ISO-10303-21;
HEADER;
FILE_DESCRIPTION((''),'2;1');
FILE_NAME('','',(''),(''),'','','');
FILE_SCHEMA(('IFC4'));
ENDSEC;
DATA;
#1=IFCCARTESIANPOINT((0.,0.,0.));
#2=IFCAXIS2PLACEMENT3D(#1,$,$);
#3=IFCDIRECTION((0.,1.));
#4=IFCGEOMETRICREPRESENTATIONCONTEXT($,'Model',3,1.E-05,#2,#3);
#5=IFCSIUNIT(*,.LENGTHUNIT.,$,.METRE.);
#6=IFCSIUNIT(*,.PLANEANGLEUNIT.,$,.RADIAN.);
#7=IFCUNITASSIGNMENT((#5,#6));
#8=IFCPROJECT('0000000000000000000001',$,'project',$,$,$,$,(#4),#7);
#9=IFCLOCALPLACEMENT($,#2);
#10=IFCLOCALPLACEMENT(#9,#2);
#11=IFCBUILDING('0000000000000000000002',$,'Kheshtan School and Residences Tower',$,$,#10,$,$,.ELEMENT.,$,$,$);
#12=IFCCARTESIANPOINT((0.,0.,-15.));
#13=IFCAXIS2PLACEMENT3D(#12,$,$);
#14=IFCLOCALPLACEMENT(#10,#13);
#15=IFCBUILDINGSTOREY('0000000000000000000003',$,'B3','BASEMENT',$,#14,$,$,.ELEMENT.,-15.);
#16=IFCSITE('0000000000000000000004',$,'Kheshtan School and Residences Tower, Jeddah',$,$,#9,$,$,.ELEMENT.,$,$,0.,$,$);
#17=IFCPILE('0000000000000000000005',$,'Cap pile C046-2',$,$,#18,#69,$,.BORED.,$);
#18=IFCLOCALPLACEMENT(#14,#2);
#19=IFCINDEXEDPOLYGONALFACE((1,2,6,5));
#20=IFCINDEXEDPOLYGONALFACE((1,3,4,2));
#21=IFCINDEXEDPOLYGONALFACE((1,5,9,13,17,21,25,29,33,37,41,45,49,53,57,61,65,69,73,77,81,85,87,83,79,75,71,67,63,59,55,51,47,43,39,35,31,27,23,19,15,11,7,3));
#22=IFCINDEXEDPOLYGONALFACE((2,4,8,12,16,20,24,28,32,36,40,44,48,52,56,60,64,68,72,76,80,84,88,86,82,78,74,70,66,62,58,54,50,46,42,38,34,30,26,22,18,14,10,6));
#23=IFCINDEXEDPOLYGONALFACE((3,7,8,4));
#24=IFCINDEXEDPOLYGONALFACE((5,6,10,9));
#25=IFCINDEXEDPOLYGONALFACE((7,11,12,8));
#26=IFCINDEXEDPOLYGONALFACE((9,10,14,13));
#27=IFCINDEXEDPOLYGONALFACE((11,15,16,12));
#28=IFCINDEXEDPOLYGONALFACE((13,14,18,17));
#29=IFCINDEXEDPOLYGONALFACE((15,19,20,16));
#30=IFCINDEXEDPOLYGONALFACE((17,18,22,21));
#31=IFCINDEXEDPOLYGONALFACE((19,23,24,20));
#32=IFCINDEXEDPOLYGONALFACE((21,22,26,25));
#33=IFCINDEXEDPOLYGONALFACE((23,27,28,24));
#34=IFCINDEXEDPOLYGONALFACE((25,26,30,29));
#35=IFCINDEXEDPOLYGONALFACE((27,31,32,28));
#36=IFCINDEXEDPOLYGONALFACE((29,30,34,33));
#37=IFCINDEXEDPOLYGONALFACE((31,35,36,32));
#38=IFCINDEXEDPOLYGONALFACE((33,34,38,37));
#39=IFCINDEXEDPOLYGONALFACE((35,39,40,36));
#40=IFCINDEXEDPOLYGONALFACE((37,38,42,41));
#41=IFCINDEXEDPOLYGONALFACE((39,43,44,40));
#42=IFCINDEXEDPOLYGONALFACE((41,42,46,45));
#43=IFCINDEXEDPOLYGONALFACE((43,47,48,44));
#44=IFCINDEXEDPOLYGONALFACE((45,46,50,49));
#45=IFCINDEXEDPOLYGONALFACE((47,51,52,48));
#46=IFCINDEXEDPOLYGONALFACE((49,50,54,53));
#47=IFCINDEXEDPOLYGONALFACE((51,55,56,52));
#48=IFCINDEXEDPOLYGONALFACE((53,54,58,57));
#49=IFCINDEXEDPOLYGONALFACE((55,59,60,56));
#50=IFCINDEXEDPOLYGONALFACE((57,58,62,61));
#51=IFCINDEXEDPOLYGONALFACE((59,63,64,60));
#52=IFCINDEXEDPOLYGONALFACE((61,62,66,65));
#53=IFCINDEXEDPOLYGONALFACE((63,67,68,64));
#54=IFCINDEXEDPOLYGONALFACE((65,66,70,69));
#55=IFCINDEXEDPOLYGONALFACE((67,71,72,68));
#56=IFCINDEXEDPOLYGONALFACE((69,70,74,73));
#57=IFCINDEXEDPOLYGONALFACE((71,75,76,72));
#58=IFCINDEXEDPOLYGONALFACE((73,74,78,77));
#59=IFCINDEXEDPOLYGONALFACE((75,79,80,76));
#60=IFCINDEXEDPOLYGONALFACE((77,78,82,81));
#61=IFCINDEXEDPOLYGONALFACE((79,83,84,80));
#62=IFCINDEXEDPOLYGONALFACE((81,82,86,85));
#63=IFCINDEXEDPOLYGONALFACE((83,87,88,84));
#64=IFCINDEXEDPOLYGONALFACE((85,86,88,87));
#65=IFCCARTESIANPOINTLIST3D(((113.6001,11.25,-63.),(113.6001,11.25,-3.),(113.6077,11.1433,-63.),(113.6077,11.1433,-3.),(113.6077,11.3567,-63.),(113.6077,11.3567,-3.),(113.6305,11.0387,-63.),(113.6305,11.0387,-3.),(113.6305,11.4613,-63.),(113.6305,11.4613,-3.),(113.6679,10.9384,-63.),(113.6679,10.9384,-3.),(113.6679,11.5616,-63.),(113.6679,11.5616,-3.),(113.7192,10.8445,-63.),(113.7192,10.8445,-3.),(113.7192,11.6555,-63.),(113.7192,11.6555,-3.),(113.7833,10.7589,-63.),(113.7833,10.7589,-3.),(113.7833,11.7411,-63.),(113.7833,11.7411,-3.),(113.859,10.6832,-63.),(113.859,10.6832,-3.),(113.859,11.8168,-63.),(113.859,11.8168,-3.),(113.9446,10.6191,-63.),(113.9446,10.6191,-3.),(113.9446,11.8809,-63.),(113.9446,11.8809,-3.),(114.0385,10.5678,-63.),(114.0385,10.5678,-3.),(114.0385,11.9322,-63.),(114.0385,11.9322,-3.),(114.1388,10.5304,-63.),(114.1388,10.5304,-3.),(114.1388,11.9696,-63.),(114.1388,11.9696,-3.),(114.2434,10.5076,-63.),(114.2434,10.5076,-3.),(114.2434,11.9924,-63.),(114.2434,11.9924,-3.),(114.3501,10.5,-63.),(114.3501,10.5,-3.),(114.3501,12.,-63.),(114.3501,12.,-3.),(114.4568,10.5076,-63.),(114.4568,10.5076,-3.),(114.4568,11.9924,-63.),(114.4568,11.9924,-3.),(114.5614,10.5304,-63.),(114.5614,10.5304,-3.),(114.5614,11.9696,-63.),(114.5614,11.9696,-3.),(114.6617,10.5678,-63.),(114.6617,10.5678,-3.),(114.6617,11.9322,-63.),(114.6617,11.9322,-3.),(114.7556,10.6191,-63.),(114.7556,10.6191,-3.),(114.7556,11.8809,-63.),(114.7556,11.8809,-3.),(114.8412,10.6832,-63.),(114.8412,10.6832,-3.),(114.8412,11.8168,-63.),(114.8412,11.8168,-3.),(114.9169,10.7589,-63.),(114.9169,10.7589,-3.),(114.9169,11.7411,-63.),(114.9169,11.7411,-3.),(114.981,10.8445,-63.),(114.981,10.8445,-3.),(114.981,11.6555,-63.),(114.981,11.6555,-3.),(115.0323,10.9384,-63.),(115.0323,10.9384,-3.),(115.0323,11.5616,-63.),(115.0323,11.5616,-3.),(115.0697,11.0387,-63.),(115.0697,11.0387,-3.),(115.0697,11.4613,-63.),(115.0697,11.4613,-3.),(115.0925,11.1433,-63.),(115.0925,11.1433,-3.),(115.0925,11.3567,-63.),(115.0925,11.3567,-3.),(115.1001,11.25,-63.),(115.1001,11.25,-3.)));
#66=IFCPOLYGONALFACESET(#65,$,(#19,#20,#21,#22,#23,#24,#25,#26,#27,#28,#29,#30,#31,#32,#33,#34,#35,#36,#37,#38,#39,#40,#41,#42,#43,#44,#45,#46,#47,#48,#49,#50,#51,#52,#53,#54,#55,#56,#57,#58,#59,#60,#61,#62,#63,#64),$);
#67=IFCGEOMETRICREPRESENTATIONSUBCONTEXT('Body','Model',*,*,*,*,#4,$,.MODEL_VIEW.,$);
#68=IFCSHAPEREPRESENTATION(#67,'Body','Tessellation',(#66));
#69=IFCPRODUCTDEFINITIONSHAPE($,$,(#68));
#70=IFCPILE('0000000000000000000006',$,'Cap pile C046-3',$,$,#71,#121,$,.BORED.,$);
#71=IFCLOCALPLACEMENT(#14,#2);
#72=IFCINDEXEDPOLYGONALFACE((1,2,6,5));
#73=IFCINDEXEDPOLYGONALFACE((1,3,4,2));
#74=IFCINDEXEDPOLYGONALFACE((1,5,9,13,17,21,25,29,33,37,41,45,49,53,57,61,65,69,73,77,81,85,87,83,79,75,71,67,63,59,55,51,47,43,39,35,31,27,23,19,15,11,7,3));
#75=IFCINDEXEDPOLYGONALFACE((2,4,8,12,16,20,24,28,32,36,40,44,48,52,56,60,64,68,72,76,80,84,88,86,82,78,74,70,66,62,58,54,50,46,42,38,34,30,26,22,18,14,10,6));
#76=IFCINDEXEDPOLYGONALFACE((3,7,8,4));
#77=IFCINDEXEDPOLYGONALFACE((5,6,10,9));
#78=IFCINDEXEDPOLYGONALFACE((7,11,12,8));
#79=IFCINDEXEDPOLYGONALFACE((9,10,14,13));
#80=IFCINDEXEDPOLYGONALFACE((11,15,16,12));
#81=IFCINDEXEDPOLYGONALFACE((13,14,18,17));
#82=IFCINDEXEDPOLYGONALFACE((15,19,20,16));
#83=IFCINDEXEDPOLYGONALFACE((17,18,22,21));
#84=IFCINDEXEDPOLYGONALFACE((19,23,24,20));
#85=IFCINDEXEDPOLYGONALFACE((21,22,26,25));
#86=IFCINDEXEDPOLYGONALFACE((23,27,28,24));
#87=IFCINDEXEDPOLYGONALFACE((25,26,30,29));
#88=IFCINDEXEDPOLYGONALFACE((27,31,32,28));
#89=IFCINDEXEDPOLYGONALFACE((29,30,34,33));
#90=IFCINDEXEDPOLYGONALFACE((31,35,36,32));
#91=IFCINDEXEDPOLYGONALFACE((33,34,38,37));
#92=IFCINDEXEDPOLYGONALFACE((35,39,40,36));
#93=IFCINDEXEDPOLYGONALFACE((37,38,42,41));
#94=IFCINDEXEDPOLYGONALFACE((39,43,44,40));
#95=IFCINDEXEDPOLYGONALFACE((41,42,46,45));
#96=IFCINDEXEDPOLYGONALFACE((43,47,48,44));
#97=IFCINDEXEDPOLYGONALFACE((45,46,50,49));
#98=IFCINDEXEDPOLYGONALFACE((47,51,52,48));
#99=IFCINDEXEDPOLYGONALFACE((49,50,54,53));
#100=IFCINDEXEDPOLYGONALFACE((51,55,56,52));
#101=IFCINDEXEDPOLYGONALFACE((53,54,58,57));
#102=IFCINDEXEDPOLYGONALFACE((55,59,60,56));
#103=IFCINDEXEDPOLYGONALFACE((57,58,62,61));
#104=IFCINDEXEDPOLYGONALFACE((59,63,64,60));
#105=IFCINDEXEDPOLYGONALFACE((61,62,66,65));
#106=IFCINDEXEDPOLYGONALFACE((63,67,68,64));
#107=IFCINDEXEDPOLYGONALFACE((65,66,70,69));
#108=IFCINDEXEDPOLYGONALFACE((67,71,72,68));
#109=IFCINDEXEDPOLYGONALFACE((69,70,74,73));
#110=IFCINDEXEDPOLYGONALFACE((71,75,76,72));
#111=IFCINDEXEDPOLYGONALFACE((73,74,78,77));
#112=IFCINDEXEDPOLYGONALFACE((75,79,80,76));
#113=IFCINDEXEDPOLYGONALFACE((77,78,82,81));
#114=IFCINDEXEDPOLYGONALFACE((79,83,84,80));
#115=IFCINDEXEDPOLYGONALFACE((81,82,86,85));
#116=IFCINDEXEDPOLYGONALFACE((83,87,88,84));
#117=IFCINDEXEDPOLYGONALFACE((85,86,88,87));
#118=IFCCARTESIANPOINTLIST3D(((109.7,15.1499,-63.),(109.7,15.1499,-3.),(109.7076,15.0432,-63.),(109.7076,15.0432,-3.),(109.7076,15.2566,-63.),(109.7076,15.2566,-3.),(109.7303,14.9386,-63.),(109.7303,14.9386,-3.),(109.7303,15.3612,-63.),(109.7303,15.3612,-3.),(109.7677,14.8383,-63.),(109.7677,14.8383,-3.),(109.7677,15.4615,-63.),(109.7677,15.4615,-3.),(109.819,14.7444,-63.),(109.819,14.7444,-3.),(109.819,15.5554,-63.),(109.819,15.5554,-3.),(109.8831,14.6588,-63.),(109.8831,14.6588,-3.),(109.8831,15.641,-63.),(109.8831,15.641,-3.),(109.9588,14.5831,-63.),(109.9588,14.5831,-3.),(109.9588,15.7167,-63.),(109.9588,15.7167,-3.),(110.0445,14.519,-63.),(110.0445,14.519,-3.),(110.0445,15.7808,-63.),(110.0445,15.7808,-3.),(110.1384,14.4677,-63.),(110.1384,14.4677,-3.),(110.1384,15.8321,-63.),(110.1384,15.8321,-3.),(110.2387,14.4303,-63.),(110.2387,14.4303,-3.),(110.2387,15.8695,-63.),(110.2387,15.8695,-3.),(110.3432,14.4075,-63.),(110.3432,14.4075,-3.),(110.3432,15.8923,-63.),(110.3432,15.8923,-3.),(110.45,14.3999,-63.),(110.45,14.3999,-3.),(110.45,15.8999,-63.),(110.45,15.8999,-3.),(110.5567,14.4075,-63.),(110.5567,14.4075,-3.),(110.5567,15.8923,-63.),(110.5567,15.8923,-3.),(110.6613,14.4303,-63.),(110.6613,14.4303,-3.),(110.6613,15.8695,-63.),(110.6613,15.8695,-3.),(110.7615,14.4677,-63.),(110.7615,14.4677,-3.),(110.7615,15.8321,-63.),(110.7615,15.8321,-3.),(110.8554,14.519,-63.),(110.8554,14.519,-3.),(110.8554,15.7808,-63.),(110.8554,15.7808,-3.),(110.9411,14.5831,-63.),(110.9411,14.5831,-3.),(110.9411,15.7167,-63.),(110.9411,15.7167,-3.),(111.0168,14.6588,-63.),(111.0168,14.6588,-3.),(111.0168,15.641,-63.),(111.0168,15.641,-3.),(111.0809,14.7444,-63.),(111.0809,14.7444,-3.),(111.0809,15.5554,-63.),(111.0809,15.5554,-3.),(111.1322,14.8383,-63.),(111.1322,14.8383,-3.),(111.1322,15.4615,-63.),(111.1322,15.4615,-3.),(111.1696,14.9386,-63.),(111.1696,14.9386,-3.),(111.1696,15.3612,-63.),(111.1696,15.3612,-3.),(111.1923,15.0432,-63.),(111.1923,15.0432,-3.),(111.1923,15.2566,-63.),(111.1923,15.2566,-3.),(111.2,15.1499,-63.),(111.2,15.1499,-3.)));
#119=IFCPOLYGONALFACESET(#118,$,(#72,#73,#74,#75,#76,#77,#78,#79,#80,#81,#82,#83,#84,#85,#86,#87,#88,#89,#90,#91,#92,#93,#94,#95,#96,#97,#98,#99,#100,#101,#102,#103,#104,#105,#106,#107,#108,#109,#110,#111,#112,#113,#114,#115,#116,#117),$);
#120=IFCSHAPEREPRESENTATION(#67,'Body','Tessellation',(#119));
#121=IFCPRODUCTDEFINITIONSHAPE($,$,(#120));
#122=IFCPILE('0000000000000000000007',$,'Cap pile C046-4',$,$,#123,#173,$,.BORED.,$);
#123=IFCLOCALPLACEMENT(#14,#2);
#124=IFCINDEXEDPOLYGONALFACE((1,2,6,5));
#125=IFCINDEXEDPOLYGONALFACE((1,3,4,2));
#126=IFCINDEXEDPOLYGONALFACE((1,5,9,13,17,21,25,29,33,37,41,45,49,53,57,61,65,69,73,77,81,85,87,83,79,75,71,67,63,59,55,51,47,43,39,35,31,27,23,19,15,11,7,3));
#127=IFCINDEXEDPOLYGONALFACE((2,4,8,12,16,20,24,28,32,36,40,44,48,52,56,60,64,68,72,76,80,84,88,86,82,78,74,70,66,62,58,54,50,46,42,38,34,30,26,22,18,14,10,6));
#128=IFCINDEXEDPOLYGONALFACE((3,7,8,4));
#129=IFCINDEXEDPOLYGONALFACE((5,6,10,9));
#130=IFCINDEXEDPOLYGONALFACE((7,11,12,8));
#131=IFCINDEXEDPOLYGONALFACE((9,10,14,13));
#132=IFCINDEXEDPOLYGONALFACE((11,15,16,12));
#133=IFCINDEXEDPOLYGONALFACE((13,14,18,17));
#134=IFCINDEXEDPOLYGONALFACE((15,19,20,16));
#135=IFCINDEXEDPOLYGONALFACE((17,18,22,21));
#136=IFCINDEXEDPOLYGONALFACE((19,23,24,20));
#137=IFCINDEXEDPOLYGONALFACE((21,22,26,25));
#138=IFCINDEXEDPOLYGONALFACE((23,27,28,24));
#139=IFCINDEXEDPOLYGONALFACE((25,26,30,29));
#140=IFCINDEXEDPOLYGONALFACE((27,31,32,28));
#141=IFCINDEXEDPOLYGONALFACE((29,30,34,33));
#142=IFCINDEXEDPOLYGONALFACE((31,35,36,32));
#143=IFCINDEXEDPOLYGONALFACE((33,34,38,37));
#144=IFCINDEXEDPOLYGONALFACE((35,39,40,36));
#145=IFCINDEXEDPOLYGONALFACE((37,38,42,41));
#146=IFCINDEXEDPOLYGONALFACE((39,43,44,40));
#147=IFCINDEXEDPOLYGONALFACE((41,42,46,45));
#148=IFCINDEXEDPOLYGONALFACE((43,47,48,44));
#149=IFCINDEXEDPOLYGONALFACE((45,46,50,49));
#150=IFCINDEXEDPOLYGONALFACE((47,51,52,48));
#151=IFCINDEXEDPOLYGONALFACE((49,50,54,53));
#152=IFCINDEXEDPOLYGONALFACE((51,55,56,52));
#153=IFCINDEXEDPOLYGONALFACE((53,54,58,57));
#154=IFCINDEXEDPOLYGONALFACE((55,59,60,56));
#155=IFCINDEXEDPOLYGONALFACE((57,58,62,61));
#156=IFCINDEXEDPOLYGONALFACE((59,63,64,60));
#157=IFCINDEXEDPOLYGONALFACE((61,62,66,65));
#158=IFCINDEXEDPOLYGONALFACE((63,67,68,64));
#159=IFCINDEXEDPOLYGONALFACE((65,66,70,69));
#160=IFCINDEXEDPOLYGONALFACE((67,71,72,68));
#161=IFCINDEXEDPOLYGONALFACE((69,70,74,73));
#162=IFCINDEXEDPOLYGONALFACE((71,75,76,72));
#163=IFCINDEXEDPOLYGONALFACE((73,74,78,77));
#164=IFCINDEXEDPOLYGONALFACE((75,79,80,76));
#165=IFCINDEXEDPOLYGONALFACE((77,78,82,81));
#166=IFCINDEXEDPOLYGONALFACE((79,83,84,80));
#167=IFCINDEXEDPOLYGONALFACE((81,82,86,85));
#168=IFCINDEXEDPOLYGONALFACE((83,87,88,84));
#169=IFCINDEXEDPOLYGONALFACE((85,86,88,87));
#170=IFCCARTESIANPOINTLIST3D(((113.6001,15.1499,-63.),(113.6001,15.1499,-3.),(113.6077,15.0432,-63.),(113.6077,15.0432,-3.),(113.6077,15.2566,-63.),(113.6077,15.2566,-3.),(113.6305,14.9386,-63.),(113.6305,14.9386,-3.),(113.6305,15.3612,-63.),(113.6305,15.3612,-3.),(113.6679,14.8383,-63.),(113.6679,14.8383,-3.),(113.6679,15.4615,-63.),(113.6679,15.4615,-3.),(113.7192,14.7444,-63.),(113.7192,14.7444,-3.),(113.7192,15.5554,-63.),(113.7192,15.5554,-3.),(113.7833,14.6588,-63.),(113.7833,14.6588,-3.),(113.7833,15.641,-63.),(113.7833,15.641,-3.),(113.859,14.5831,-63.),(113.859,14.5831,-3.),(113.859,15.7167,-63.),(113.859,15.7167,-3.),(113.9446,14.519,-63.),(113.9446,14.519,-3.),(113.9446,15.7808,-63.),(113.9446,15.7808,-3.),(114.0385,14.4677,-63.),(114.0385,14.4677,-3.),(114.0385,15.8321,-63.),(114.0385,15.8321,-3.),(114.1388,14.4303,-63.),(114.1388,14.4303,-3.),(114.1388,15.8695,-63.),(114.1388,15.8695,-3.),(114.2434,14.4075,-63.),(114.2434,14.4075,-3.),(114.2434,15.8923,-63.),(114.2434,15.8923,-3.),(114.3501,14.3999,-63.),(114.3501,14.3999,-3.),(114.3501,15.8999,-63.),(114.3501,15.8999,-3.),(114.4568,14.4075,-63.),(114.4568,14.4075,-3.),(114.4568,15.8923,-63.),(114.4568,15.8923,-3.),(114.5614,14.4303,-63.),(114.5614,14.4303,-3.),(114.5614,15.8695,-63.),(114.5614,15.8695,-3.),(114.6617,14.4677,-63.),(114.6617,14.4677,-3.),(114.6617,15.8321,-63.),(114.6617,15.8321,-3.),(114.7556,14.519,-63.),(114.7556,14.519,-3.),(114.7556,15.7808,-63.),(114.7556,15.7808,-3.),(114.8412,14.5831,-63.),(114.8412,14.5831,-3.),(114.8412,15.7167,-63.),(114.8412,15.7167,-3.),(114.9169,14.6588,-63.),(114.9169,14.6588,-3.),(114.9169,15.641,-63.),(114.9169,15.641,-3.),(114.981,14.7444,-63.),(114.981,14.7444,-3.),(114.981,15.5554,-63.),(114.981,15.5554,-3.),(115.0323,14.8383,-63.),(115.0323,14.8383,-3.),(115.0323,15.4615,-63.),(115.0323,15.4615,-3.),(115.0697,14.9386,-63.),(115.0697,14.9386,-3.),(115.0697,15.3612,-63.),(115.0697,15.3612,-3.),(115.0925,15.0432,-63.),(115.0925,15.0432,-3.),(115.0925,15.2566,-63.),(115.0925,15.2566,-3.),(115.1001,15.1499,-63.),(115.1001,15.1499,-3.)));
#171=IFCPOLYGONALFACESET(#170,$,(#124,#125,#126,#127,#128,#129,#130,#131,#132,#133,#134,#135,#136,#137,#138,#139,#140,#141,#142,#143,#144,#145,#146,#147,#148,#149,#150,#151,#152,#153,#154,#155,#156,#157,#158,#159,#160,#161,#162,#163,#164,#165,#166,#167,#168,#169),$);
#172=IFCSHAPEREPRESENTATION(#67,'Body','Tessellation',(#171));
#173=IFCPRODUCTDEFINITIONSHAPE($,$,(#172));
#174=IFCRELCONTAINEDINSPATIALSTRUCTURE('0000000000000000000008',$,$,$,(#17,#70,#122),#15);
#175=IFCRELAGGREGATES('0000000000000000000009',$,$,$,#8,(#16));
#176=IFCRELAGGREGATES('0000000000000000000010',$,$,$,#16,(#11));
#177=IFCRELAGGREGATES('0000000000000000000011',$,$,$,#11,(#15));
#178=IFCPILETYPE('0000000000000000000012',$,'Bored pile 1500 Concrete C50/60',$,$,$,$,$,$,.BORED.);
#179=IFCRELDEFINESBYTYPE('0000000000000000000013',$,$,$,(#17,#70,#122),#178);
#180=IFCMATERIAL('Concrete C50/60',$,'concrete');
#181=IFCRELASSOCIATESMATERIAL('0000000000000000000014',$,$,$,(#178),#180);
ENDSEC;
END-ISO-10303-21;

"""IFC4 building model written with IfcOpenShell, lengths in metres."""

from ifc_helpers import new_model, si_unit, direction, frame, origin, origin_2d, place, context, subcontext, project, spatial, circle, extrude, material, material_profile, profile_set, type_object, element, save


model = new_model("IFC4")

# Units and contexts
model_context = context("Model", 3, precision=1e-05, world=origin(), true_north=direction((0.0, 1.0)))
body_context = subcontext(model_context, "Body", "Model", "MODEL_VIEW")
ifc_project = project(units=[si_unit("LENGTHUNIT", "METRE"), si_unit("PLANEANGLEUNIT", "RADIAN")], contexts=[model_context])

# Site, building, storey
site_placement = place(None, origin())
site = spatial("IfcSite", under=ifc_project, at=site_placement, Name="Kheshtan School and Residences Tower, Jeddah", CompositionType="ELEMENT", RefElevation=0.0)
building_placement = place(site_placement, origin())
building = spatial("IfcBuilding", under=site, at=building_placement, Name="Kheshtan School and Residences Tower", CompositionType="ELEMENT")
storey_placement = place(building_placement, frame((0.0, 0.0, -15.0)))
storey = spatial("IfcBuildingStorey", under=building, at=storey_placement, Name="B3", Description="BASEMENT", CompositionType="ELEMENT", Elevation=-15.0)

# Piles
ifc_material_1 = material(Name="Concrete C50/60", Category="concrete")
ifc_material_profile_1 = material_profile(ifc_material_1, circle(Radius=0.75, at=origin_2d()), Name="BP 1500")
ifc_profile_set_1 = profile_set([ifc_material_profile_1], Name="Concrete C50/60")
pile_type_1 = type_object("IfcPileType", Name="Bored pile 1500 Concrete C50/60", PredefinedType="BORED", material=ifc_profile_set_1)
for number, where, z_axis, x_axis, name in (
    (1, (114.3501, 11.25, -3.0), (0.0, 0.0, -1.0), (1.0, 0.0, 0.0), "Cap pile C046-2"),
    (2, (110.45, 15.1499, -3.0), (0.0, 0.0, -1.0), (1.0, 0.0, 0.0), "Cap pile C046-3"),
    (3, (114.3501, 15.1499, -3.0), (0.0, 0.0, -1.0), (1.0, 0.0, 0.0), "Cap pile C046-4"),
):
    element("IfcPile", number, at=place(storey_placement, frame(where, z_axis=z_axis, x_axis=x_axis)), inside=storey, type_object=pile_type_1, Name=name, PredefinedType="BORED", context=body_context, shape_type="SweptSolid", body=[
        extrude(circle(Radius=0.75, at=origin_2d()), origin(), (0.0, 0.0, 1.0), 60.0),
    ])

save(model, "model.ifc")
